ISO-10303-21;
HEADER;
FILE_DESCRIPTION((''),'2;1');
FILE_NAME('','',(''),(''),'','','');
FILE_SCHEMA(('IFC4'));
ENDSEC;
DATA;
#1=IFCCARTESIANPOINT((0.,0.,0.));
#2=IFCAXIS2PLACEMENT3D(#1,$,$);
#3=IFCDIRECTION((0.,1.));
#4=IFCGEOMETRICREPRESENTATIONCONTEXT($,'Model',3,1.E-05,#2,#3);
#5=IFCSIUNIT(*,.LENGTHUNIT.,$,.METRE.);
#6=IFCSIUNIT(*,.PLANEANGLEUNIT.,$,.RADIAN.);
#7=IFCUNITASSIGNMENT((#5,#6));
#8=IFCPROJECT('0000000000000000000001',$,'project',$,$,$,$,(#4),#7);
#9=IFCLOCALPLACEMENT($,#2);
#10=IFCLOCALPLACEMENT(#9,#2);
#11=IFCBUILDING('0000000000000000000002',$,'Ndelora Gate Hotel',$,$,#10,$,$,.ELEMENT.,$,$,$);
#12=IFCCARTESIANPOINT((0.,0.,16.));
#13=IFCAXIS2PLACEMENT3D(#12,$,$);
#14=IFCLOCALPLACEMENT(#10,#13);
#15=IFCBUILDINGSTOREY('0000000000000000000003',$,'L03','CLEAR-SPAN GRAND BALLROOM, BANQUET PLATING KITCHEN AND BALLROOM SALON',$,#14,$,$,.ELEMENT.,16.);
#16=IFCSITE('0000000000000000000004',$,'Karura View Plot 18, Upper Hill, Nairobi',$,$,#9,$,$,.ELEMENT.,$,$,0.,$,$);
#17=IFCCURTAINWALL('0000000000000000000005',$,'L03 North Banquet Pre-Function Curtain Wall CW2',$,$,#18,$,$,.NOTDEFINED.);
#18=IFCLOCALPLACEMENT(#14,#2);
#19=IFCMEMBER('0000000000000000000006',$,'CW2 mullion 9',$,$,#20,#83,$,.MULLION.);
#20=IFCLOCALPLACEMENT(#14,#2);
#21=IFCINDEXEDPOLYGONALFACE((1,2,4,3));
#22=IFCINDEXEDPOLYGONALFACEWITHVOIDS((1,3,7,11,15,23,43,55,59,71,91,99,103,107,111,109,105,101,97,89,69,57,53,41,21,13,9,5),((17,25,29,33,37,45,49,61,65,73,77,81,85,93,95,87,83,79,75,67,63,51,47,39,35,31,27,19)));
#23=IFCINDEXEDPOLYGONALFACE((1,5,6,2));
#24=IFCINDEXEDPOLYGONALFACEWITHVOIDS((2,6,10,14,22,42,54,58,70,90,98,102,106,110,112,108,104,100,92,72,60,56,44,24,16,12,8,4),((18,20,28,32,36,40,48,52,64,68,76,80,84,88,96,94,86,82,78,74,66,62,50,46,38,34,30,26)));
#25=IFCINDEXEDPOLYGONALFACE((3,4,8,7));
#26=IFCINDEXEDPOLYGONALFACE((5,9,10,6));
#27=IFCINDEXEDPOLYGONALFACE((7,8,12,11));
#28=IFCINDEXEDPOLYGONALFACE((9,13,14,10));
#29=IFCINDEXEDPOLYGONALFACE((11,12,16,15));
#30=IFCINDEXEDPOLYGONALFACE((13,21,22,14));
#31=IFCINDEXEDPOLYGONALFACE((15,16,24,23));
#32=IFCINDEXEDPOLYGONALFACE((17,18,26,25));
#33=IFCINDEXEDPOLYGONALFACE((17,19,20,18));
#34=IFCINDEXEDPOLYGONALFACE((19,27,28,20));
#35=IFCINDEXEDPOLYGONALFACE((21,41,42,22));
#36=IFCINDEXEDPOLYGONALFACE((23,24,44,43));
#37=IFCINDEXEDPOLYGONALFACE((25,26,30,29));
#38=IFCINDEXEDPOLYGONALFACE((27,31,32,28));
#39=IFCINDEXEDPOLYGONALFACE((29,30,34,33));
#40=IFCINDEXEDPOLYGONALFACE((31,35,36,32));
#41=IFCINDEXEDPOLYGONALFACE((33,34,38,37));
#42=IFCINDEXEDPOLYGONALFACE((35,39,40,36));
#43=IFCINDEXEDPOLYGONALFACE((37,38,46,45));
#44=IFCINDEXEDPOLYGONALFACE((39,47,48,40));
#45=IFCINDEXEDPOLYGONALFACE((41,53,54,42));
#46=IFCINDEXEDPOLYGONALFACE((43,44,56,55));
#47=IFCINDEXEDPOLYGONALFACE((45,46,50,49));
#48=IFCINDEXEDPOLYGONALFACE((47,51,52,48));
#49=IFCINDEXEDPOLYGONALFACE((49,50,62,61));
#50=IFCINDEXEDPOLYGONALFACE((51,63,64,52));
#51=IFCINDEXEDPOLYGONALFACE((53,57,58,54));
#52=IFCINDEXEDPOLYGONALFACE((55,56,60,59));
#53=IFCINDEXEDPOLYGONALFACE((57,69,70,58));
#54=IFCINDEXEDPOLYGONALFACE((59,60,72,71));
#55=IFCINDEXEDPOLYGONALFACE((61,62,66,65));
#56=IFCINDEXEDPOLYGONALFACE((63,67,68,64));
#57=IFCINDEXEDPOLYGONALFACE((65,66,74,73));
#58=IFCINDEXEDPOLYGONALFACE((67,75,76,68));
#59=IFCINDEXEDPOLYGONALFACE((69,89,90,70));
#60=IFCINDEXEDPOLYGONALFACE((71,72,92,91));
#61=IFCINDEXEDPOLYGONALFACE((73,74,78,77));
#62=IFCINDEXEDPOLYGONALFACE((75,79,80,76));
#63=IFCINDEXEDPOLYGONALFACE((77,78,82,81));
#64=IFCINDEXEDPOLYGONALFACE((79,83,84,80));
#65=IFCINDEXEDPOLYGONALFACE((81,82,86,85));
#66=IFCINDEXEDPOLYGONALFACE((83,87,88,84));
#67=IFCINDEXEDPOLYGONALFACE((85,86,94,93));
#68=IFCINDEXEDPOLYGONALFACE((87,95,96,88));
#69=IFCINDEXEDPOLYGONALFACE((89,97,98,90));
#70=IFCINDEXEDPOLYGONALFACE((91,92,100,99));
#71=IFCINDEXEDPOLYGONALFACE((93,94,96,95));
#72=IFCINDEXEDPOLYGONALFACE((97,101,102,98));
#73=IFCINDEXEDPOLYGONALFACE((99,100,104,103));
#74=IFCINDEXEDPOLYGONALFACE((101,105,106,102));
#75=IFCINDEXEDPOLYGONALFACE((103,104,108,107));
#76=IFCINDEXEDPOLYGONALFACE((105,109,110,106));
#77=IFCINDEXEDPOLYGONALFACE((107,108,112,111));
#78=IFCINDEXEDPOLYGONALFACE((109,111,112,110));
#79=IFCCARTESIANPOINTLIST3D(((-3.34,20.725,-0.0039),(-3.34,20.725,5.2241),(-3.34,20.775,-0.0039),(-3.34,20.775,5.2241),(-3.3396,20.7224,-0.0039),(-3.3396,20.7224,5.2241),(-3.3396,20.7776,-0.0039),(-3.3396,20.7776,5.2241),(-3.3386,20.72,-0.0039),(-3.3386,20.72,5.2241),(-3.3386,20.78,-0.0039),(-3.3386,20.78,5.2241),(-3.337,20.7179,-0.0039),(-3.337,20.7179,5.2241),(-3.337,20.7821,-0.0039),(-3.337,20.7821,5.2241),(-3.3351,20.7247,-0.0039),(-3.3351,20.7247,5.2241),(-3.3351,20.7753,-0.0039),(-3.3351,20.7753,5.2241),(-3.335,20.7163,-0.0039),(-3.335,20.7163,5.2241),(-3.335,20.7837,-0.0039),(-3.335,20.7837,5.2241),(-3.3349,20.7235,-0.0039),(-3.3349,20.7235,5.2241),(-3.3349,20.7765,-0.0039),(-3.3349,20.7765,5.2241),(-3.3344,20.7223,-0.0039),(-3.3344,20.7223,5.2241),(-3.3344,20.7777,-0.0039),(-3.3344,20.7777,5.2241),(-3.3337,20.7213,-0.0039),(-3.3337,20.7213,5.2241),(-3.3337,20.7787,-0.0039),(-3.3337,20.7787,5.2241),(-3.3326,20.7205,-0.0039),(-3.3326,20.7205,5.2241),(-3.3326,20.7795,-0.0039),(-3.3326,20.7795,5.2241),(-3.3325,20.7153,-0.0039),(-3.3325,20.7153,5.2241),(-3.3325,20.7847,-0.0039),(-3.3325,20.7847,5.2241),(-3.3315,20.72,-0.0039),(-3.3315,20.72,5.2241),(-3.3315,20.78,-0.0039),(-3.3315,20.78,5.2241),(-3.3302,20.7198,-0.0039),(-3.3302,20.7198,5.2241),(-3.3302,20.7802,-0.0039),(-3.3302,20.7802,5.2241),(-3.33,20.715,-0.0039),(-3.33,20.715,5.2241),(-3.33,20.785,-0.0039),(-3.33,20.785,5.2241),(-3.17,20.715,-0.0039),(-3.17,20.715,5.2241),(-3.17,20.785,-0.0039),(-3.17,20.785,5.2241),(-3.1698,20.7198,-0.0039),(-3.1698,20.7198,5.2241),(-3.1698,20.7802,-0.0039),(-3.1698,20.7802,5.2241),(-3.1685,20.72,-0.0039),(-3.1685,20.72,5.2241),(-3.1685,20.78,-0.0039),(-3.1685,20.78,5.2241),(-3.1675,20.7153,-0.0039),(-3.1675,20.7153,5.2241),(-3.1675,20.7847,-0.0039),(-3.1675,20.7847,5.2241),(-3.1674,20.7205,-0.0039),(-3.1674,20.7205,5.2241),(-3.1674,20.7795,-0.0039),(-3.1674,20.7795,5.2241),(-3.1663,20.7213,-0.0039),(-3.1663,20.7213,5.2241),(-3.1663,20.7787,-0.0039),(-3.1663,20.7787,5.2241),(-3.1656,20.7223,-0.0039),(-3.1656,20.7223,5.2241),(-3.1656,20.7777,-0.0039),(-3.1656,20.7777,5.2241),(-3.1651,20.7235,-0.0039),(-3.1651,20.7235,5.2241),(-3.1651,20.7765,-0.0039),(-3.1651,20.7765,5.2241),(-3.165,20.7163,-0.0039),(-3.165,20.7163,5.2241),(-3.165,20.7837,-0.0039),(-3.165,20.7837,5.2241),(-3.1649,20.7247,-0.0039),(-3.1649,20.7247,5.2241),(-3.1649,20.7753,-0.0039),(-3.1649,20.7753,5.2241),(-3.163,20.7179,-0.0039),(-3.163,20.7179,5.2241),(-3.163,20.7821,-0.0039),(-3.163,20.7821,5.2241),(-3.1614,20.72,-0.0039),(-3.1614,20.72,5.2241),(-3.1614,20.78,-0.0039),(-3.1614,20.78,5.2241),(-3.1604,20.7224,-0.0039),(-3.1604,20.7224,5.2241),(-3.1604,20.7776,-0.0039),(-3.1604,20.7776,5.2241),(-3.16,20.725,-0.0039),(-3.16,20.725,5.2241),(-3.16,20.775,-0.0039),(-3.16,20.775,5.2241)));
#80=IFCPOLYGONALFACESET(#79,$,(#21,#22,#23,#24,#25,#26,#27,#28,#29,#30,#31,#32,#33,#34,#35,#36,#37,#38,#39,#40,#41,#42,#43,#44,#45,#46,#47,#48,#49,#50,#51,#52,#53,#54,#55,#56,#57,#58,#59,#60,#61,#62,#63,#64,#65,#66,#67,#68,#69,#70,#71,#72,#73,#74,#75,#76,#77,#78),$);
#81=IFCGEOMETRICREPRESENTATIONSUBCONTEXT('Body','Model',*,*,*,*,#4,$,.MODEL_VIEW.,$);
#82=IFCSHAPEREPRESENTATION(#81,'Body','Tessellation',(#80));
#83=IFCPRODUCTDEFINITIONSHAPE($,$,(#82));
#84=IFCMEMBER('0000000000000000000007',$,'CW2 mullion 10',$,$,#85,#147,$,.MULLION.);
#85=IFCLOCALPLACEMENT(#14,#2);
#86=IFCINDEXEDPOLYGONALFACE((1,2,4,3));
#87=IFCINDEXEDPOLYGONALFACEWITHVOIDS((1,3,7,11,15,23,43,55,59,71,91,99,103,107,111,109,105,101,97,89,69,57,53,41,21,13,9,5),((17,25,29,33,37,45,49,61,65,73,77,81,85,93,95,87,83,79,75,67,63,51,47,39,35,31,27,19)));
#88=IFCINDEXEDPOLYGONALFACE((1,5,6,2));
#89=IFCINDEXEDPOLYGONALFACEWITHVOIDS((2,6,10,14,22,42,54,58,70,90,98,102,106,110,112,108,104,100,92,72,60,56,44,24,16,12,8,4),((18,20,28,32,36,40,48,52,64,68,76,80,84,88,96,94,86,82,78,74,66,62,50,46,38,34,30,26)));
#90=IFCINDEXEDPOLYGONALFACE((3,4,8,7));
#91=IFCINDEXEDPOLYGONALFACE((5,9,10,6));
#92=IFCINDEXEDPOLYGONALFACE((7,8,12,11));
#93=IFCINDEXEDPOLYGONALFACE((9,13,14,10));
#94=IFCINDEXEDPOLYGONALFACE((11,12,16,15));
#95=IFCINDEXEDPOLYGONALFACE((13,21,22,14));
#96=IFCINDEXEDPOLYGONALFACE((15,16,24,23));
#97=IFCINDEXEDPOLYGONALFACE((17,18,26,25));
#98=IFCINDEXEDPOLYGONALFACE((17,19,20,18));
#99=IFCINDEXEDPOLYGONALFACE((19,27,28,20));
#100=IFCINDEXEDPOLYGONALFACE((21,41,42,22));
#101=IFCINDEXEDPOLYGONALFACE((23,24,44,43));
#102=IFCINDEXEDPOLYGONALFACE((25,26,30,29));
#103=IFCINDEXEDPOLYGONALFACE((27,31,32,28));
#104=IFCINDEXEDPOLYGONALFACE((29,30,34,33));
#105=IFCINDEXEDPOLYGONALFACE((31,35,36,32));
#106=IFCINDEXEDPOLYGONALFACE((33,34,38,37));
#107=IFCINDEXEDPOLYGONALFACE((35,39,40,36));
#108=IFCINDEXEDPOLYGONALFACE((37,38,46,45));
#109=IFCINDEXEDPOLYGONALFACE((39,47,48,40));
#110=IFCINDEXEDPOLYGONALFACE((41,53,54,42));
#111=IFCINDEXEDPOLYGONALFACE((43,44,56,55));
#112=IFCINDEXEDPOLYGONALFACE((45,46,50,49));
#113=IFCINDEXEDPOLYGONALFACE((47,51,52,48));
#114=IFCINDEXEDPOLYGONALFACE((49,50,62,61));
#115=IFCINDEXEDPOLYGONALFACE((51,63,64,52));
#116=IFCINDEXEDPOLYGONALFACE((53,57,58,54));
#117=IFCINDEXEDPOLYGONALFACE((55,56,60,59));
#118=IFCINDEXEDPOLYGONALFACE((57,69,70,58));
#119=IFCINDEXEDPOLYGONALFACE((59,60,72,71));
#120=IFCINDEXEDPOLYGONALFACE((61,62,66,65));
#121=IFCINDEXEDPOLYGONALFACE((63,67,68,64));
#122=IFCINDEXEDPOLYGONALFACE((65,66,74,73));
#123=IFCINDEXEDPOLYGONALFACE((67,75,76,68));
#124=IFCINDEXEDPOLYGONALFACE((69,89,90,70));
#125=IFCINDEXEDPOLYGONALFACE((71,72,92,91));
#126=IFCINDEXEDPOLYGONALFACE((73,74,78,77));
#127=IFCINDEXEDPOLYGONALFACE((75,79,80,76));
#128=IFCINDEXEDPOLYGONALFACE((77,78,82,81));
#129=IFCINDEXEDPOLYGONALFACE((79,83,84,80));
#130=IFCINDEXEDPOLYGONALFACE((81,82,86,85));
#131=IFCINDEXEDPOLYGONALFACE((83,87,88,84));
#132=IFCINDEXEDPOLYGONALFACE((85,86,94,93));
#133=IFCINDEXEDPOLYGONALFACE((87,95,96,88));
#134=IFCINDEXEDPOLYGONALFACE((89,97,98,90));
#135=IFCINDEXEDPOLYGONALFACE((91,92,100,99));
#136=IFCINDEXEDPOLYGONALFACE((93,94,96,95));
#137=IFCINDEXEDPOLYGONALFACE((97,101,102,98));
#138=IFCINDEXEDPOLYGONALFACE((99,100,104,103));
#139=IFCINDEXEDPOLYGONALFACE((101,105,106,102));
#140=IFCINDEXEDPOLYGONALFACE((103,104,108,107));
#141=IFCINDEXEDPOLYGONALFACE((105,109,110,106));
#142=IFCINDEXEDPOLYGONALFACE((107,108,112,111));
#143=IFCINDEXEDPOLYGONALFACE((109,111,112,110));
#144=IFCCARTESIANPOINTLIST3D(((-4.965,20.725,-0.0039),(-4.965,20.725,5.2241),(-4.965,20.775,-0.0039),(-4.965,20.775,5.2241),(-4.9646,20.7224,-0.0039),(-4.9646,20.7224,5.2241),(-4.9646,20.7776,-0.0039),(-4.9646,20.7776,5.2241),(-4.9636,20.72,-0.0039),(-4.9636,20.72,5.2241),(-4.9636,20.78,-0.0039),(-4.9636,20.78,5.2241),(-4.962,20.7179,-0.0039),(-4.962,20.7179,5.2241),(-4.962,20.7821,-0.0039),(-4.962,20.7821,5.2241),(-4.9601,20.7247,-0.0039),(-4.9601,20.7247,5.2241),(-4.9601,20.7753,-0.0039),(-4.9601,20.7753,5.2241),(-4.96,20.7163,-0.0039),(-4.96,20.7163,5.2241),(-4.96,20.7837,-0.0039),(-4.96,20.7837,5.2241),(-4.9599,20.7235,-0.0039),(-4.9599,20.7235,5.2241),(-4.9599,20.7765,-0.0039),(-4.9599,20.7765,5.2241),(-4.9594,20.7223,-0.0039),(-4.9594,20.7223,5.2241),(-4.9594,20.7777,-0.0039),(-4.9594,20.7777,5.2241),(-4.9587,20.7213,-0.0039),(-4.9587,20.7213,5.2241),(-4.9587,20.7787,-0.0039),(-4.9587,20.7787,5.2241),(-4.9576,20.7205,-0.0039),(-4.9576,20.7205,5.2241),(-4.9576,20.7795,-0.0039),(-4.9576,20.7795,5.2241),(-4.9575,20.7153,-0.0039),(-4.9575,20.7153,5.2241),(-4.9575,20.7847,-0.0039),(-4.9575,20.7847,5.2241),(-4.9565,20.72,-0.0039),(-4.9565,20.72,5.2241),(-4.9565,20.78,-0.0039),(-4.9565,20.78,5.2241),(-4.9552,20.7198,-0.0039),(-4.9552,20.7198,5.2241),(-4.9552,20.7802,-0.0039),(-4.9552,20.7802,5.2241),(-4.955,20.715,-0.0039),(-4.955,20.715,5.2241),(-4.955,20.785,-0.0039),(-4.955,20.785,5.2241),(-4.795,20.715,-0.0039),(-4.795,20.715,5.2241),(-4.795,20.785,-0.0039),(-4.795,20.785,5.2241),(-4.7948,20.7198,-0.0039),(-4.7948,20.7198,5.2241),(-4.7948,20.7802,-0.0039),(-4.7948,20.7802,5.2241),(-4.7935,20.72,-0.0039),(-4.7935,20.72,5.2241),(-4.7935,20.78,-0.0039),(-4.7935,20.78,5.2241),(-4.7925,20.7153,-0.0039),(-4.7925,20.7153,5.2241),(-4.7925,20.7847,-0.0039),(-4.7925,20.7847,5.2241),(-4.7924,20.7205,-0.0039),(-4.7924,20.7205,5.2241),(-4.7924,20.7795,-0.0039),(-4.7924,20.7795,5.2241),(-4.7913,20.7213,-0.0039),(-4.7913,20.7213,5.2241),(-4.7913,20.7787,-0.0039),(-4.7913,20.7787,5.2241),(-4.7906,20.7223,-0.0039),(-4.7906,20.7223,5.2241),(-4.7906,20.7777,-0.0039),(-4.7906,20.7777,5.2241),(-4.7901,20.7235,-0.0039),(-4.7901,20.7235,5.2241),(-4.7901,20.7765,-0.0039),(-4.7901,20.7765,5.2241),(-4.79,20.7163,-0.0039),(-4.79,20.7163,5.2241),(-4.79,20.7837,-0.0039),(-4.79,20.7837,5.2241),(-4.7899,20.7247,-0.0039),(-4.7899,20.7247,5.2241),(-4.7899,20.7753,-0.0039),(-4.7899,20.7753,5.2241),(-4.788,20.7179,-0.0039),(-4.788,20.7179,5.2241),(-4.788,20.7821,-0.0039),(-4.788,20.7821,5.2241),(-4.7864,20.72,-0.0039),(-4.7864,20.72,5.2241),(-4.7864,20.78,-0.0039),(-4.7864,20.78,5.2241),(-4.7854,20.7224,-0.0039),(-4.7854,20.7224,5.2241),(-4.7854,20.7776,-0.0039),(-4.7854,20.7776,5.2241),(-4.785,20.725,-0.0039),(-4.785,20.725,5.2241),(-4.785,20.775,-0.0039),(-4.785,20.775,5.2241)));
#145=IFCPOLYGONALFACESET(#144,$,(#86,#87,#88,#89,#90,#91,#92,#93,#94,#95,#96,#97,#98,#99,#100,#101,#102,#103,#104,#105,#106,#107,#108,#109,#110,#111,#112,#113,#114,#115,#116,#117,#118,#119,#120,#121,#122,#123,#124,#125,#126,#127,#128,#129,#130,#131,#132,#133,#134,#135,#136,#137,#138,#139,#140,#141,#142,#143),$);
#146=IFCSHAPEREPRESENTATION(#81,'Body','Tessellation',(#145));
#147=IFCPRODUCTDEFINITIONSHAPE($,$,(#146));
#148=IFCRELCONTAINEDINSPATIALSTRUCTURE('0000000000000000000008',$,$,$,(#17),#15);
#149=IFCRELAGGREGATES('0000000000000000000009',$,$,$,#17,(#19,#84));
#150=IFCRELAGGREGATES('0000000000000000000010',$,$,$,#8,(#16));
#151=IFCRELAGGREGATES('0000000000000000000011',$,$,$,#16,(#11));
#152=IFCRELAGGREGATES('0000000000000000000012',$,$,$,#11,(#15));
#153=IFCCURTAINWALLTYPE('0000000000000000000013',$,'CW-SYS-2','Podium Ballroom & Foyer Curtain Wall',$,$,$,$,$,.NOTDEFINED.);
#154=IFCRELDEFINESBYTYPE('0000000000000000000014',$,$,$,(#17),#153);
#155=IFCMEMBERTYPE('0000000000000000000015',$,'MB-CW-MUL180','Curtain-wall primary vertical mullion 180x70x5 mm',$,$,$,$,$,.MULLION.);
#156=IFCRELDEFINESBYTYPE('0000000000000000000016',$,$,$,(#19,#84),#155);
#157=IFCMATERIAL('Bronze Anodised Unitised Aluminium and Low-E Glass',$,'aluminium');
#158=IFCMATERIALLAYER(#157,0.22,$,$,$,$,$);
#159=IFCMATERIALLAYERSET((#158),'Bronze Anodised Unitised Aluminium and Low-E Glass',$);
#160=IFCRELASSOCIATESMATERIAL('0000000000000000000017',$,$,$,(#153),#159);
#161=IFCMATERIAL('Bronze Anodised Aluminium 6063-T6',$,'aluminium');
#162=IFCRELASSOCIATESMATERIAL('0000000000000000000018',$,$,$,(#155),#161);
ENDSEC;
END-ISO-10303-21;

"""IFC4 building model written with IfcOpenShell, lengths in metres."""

from ifc_helpers import new_model, si_unit, direction, frame, origin, origin_2d, place, context, subcontext, project, spatial, hollow_rectangle, extrude, material, layer, layer_set, material_profile, profile_set, type_object, element, aggregate, save


model = new_model("IFC4")

# Units and contexts
model_context = context("Model", 3, precision=1e-05, world=origin(), true_north=direction((0.0, 1.0)))
body_context = subcontext(model_context, "Body", "Model", "MODEL_VIEW")
ifc_project = project(units=[si_unit("LENGTHUNIT", "METRE"), si_unit("PLANEANGLEUNIT", "RADIAN")], contexts=[model_context])

# Site, building, storey
site_placement = place(None, origin())
site = spatial("IfcSite", under=ifc_project, at=site_placement, Name="Karura View Plot 18, Upper Hill, Nairobi", CompositionType="ELEMENT", RefElevation=0.0)
building_placement = place(site_placement, origin())
building = spatial("IfcBuilding", under=site, at=building_placement, Name="Ndelora Gate Hotel", CompositionType="ELEMENT")
storey_placement = place(building_placement, frame((0.0, 0.0, 16.0)))
storey = spatial("IfcBuildingStorey", under=building, at=storey_placement, Name="L03", Description="CLEAR-SPAN GRAND BALLROOM, BANQUET PLATING KITCHEN AND BALLROOM SALON", CompositionType="ELEMENT", Elevation=16.0)

# Curtain wall, members
ifc_material_1 = material(Name="Bronze Anodised Unitised Aluminium and Low-E Glass", Category="aluminium")
ifc_layer_1 = layer(ifc_material_1, 0.22)
ifc_layer_set_1 = layer_set([ifc_layer_1], Name="Bronze Anodised Unitised Aluminium and Low-E Glass")
curtain_wall_type = type_object("IfcCurtainWallType", Name="CW-SYS-2", Description="Podium Ballroom & Foyer Curtain Wall", PredefinedType="NOTDEFINED", material=ifc_layer_set_1)
curtain_wall_placement = place(storey_placement, origin())
curtain_wall = element("IfcCurtainWall", 1, at=curtain_wall_placement, inside=storey, type_object=curtain_wall_type, Name="L03 North Banquet Pre-Function Curtain Wall CW2", PredefinedType="NOTDEFINED")
ifc_material_2 = material(Name="Bronze Anodised Aluminium 6063-T6", Category="aluminium")
ifc_material_profile_1 = material_profile(ifc_material_2, hollow_rectangle(XDim=0.0701, YDim=0.1799, WallThickness=0.0049, InnerFilletRadius=0.0049, OuterFilletRadius=0.01, at=origin_2d()), Name="ALU 180x70x5")
ifc_profile_set_1 = profile_set([ifc_material_profile_1], Name="Bronze Anodised Aluminium 6063-T6")
member_type_1 = type_object("IfcMemberType", Name="MB-CW-MUL180", Description="Curtain-wall primary vertical mullion 180x70x5 mm", PredefinedType="MULLION", material=ifc_profile_set_1)
member_1_placement = place(storey_placement, frame((-3.25, 20.75, -0.0039), z_axis=(0.0, 0.0, 1.0), x_axis=(0.0, -1.0, 0.0)))
member_1 = element("IfcMember", 2, at=member_1_placement, type_object=member_type_1, Name="CW2 mullion 9", PredefinedType="MULLION", context=body_context, shape_type="SweptSolid", body=[
    extrude(hollow_rectangle(XDim=0.0701, YDim=0.1799, WallThickness=0.0049, InnerFilletRadius=0.0049, OuterFilletRadius=0.01, at=origin_2d()), origin(), (0.0, 0.0, 1.0), 5.228),
])
member_2_placement = place(storey_placement, frame((-4.875, 20.75, -0.0039), z_axis=(0.0, 0.0, 1.0), x_axis=(0.0, -1.0, 0.0)))
member_2 = element("IfcMember", 3, at=member_2_placement, type_object=member_type_1, Name="CW2 mullion 10", PredefinedType="MULLION", context=body_context, shape_type="SweptSolid", body=[
    extrude(hollow_rectangle(XDim=0.0701, YDim=0.1799, WallThickness=0.0049, InnerFilletRadius=0.0049, OuterFilletRadius=0.01, at=origin_2d()), origin(), (0.0, 0.0, 1.0), 5.228),
])
aggregate(curtain_wall, [member_1, member_2])

save(model, "model.ifc")
